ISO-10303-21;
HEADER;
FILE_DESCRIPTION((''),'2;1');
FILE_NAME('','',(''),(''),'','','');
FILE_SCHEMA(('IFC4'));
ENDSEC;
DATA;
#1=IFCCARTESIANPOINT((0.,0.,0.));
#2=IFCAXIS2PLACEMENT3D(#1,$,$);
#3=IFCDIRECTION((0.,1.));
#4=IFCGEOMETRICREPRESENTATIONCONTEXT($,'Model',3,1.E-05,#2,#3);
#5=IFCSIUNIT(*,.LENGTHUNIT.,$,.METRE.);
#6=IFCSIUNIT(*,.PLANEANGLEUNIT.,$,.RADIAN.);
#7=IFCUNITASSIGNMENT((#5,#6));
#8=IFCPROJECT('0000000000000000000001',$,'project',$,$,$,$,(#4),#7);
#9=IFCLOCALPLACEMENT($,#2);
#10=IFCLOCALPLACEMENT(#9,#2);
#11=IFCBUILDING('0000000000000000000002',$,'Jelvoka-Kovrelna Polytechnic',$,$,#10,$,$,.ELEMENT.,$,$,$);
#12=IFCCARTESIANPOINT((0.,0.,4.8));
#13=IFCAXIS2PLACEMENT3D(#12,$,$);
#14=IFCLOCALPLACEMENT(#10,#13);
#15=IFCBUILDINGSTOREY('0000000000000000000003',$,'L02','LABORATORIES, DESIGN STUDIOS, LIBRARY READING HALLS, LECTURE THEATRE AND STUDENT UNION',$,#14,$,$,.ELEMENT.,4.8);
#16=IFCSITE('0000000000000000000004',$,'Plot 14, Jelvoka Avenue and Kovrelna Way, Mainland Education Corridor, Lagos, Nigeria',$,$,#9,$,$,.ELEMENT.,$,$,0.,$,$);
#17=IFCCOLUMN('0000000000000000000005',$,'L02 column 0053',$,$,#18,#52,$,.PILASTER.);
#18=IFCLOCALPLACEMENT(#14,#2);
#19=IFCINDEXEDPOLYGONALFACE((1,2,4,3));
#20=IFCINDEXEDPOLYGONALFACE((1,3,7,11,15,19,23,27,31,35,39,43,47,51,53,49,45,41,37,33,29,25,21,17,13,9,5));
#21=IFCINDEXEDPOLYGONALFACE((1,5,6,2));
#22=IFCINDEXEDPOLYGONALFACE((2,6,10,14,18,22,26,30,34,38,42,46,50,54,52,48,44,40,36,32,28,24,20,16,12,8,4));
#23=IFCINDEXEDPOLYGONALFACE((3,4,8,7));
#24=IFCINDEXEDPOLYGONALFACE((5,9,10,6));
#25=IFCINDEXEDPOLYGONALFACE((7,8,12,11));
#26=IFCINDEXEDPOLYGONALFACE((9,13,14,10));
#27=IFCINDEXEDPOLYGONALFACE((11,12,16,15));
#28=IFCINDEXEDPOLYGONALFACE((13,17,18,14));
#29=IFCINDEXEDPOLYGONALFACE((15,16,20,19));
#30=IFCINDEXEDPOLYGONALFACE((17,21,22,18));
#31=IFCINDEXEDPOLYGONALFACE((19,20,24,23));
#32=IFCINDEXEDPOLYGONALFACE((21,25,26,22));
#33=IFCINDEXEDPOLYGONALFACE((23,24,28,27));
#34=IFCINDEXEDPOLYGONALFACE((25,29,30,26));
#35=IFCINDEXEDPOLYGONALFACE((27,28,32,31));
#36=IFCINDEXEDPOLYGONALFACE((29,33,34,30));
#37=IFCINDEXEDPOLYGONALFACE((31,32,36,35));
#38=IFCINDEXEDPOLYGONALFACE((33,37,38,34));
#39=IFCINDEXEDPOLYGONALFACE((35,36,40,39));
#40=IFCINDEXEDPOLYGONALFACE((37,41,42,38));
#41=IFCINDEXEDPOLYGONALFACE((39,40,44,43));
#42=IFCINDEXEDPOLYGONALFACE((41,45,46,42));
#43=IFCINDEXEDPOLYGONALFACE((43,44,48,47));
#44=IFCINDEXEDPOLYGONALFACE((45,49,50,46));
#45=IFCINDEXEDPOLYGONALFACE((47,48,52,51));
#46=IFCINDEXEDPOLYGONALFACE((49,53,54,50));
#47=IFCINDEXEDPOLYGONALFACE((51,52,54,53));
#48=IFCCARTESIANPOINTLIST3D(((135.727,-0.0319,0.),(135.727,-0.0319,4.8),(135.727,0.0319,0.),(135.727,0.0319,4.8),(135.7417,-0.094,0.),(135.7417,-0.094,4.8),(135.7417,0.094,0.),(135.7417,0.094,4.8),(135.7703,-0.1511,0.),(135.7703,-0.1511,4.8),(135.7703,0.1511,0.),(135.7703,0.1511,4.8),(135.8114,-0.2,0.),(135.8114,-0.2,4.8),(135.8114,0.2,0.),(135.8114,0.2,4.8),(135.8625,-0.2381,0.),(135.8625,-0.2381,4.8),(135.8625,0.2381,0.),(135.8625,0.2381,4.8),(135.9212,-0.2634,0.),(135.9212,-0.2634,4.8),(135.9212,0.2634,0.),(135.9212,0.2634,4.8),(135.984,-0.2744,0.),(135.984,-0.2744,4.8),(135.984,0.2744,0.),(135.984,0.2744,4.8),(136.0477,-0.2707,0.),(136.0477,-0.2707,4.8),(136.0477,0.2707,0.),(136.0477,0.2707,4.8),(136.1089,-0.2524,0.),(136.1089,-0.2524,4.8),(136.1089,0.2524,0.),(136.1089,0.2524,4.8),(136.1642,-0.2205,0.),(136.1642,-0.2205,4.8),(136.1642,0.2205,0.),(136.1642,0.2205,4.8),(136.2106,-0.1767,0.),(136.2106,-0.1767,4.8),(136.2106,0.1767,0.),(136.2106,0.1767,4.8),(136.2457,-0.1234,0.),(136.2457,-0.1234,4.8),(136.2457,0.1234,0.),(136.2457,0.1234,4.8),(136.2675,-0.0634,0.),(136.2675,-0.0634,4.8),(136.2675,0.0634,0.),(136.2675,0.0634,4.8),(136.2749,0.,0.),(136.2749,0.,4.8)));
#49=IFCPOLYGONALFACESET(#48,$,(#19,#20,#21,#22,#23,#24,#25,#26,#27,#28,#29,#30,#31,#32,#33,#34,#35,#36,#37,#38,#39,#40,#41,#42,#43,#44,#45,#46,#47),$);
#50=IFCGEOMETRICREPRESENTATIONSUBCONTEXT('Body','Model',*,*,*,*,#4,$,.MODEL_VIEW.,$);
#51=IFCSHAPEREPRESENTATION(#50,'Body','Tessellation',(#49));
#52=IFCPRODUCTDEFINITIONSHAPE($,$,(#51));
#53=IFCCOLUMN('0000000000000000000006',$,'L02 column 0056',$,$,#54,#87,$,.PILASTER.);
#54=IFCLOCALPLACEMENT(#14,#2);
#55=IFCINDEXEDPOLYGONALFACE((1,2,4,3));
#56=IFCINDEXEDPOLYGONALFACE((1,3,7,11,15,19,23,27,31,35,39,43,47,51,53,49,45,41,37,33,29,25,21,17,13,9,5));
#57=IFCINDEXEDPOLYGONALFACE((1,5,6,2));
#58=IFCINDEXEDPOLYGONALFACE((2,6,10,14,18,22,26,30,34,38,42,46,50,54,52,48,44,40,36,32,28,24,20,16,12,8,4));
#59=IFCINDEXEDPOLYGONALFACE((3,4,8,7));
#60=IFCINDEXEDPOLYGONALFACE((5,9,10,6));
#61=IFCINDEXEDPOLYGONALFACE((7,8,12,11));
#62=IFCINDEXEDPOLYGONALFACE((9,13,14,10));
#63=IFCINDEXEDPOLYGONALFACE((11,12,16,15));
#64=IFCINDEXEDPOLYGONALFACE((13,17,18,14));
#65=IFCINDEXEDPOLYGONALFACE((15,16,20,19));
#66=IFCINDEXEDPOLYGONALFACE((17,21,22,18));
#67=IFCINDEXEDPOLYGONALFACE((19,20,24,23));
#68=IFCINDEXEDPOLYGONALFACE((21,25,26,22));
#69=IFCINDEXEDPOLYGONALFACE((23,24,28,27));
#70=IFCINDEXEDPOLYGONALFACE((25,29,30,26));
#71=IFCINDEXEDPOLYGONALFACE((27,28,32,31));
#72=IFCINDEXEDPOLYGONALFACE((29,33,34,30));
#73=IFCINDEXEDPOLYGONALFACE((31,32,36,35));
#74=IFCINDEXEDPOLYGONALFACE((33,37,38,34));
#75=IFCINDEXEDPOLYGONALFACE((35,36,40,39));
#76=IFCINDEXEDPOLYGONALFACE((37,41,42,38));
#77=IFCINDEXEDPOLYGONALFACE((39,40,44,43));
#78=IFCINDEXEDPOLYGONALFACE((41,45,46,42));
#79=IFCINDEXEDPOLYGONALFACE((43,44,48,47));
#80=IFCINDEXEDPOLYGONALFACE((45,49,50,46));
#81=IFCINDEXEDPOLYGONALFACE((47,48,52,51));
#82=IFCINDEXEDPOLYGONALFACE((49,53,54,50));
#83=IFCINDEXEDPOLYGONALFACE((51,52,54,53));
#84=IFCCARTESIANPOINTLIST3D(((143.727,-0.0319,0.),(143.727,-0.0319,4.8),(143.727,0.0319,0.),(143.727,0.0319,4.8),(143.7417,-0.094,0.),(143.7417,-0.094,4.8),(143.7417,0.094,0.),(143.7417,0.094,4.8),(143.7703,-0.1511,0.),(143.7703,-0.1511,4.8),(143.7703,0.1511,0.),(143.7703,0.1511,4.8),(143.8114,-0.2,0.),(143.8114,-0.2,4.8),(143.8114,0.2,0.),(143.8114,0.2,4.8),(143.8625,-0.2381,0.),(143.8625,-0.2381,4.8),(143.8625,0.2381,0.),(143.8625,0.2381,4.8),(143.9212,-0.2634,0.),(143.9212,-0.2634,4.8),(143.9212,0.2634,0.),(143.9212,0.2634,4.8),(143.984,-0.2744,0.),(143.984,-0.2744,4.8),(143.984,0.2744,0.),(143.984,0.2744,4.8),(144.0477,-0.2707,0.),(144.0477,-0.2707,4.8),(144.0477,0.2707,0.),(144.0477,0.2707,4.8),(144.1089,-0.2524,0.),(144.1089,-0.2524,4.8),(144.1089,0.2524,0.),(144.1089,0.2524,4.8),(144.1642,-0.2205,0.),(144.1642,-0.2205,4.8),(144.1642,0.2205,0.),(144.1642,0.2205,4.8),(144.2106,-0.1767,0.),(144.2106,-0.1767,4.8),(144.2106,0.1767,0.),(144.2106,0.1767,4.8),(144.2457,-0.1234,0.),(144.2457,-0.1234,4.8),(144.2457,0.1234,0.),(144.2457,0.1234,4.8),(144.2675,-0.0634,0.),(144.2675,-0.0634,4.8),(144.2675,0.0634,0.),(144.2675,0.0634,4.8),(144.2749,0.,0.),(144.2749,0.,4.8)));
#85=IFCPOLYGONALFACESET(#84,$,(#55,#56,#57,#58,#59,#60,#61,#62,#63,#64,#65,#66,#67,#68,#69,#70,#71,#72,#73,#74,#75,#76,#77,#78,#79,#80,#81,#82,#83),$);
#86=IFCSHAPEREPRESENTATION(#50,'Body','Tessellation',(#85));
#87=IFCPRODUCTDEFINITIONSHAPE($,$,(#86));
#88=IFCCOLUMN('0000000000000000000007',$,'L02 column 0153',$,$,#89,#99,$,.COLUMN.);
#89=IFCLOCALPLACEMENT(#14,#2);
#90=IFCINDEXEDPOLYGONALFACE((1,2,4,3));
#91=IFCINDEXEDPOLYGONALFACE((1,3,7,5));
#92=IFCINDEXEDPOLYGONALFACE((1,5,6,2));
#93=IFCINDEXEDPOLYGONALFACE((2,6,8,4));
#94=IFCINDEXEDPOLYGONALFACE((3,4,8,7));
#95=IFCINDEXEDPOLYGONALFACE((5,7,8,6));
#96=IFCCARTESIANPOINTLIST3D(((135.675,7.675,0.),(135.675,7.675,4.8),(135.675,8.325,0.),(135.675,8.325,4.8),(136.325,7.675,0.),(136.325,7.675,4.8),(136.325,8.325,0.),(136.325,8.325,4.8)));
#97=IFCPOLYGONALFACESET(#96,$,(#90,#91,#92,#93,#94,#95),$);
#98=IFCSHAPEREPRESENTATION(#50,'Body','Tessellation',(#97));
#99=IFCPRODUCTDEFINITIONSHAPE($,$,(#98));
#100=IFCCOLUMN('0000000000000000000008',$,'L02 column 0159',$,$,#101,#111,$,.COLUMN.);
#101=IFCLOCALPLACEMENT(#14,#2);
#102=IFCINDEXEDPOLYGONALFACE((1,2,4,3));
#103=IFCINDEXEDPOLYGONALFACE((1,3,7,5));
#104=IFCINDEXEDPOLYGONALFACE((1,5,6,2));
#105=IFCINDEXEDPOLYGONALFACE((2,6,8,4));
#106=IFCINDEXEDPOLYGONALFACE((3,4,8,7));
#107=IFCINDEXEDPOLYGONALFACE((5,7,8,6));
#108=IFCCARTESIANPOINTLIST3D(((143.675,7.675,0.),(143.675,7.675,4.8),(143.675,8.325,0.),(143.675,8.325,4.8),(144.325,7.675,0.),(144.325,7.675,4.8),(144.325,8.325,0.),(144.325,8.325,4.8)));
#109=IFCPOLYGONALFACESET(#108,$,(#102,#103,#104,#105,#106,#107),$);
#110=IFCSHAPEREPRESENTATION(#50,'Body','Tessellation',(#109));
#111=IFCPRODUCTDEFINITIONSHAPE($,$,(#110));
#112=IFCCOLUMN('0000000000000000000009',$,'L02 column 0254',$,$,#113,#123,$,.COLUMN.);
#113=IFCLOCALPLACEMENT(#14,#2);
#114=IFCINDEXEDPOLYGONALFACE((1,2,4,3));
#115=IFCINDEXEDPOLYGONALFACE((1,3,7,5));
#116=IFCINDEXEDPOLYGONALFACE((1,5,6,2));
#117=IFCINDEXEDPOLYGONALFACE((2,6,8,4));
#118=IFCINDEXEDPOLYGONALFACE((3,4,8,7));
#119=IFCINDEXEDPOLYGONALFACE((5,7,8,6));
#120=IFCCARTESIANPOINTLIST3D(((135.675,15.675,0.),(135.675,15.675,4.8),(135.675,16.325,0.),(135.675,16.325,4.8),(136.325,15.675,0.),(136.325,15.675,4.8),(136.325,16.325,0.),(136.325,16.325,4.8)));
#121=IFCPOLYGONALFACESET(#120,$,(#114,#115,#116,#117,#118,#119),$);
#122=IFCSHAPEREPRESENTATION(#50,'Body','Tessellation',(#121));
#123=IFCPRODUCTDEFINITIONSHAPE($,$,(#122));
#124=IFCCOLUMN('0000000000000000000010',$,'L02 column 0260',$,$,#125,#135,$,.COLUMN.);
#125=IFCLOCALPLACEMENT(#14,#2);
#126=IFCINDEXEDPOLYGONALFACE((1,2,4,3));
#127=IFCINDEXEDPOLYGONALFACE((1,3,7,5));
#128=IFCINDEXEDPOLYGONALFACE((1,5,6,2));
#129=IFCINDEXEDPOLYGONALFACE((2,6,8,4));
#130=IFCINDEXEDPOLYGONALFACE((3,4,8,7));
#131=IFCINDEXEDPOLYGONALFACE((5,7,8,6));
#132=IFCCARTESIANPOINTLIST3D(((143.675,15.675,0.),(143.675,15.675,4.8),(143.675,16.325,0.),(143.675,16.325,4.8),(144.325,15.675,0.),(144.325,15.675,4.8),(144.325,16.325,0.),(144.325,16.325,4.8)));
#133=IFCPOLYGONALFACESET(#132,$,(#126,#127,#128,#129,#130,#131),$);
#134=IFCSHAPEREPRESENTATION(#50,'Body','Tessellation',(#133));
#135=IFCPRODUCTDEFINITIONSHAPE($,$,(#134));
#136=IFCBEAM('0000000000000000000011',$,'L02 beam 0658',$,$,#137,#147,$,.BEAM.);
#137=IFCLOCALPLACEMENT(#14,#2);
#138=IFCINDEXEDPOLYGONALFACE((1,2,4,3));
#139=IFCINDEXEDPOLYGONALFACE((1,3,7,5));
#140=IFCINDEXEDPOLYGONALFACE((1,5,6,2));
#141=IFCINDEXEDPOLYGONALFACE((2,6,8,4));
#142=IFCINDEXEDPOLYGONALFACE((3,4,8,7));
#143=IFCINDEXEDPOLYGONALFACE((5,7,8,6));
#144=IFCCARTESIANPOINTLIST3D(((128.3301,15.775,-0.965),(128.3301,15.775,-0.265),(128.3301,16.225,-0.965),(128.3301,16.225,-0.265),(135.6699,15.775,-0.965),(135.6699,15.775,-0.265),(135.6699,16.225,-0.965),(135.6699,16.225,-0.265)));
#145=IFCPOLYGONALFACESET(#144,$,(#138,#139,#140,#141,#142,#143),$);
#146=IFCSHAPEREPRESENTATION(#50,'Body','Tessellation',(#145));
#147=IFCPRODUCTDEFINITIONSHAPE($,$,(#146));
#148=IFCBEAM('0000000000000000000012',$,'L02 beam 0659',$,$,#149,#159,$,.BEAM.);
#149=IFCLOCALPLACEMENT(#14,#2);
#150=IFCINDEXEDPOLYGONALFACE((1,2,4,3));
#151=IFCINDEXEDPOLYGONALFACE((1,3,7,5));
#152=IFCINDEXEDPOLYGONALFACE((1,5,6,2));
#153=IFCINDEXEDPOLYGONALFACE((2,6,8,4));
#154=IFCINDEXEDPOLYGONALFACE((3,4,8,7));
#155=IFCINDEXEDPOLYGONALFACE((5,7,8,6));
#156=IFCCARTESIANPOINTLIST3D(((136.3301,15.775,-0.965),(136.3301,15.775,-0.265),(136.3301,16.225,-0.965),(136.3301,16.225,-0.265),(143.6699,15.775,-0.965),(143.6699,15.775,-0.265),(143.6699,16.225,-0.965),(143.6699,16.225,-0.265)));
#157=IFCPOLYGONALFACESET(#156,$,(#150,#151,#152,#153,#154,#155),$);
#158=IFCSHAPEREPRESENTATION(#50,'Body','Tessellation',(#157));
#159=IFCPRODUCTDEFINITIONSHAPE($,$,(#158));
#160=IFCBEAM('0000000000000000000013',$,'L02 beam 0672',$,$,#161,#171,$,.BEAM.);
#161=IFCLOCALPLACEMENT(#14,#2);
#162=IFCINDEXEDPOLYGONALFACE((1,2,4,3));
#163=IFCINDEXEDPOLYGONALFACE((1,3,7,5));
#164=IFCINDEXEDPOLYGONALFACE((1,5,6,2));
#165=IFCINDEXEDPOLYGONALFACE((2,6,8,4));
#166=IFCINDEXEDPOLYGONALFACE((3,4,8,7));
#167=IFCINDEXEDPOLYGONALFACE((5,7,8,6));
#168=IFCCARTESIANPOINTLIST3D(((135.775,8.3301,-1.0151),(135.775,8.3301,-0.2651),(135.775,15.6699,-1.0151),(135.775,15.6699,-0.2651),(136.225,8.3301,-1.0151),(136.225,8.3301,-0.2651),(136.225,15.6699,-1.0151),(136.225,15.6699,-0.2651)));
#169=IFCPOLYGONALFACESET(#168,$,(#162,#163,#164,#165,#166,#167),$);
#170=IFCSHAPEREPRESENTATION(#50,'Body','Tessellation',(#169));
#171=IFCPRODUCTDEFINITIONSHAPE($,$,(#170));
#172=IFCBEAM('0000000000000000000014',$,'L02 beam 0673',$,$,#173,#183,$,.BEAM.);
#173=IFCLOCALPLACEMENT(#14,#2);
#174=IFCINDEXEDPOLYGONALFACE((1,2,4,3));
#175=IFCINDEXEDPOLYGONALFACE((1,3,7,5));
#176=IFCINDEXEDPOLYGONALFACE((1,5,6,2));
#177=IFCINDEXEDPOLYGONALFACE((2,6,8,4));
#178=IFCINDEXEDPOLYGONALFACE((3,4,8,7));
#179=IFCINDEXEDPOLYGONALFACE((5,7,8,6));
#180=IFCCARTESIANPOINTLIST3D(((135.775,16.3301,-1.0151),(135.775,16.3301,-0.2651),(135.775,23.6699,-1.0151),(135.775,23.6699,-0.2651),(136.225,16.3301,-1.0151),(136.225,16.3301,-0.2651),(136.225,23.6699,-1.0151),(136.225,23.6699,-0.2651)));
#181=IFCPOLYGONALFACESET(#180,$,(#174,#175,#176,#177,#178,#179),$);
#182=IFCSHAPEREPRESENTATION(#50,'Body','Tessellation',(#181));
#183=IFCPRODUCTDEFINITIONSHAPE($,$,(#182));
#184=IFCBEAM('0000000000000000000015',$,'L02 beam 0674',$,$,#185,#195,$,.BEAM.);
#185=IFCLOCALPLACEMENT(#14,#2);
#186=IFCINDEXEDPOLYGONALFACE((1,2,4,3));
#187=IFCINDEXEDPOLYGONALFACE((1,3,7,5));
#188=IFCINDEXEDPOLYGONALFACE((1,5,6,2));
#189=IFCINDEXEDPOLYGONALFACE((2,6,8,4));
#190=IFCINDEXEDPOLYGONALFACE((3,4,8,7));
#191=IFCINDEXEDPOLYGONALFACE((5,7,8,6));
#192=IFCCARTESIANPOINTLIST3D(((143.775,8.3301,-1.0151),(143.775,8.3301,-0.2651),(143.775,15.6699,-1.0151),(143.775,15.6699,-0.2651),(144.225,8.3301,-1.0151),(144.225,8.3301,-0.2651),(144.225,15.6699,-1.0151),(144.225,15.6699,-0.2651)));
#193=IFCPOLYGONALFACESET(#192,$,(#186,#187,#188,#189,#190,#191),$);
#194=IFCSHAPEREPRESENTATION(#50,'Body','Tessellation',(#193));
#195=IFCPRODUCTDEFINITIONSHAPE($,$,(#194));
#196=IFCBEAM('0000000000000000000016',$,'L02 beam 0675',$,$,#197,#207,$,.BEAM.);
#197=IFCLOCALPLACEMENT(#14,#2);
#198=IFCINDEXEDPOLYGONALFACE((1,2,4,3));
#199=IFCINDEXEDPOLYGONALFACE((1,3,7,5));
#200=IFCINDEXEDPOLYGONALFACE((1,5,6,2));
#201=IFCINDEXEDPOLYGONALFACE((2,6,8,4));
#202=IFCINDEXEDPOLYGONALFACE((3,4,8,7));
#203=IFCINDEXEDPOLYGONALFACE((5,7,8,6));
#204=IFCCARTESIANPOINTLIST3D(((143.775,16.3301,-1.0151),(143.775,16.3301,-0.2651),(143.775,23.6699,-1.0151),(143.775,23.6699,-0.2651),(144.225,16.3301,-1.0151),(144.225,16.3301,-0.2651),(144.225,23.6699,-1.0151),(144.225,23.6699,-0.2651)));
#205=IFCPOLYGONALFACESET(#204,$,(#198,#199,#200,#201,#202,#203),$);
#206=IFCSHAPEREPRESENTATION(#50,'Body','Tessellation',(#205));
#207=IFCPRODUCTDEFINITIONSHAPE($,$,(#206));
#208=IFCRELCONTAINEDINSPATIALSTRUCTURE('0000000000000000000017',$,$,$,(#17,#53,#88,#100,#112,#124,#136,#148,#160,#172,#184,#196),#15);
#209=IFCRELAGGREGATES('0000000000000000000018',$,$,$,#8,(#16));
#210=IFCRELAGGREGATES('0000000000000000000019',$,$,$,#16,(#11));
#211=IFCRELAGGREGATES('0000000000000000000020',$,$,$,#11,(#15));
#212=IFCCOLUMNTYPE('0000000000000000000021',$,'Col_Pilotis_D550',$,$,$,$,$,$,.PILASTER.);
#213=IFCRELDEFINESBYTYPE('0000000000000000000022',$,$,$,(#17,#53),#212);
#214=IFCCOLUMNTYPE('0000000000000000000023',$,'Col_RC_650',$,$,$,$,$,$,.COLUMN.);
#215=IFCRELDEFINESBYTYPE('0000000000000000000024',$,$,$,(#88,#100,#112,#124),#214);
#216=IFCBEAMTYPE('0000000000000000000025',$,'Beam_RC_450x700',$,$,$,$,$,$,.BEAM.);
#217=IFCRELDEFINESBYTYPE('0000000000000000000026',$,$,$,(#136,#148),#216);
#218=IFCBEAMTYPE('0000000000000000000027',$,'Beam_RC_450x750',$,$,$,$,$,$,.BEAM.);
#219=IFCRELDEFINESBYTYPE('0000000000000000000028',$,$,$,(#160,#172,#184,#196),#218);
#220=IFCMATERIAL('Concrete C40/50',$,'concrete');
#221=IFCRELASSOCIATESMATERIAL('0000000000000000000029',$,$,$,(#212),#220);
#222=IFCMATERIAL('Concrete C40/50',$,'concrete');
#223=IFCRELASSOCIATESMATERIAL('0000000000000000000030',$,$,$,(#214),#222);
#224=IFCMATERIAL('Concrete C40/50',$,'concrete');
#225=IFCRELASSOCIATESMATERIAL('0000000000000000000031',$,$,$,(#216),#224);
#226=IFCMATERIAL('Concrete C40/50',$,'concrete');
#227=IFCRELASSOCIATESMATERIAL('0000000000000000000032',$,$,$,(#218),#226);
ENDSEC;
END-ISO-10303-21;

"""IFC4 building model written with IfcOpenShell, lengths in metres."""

from ifc_helpers import new_model, si_unit, direction, frame, origin, origin_2d, place, context, subcontext, project, spatial, rectangle, circle, extrude, material, material_profile, profile_set, type_object, element, save


model = new_model("IFC4")

# Units and contexts
model_context = context("Model", 3, precision=1e-05, world=origin(), true_north=direction((0.0, 1.0)))
body_context = subcontext(model_context, "Body", "Model", "MODEL_VIEW")
ifc_project = project(units=[si_unit("LENGTHUNIT", "METRE"), si_unit("PLANEANGLEUNIT", "RADIAN")], contexts=[model_context])

# Site, building, storey
site_placement = place(None, origin())
site = spatial("IfcSite", under=ifc_project, at=site_placement, Name="Plot 14, Jelvoka Avenue and Kovrelna Way, Mainland Education Corridor, Lagos, Nigeria", CompositionType="ELEMENT", RefElevation=0.0)
building_placement = place(site_placement, origin())
building = spatial("IfcBuilding", under=site, at=building_placement, Name="Jelvoka-Kovrelna Polytechnic", CompositionType="ELEMENT")
storey_placement = place(building_placement, frame((0.0, 0.0, 4.8)))
storey = spatial("IfcBuildingStorey", under=building, at=storey_placement, Name="L02", Description="LABORATORIES, DESIGN STUDIOS, LIBRARY READING HALLS, LECTURE THEATRE AND STUDENT UNION", CompositionType="ELEMENT", Elevation=4.8)

# Columns
ifc_material_1 = material(Name="Concrete C40/50", Category="concrete")
ifc_material_profile_1 = material_profile(ifc_material_1, circle(Radius=0.2749, at=origin_2d()), Name="RC D550")
ifc_profile_set_1 = profile_set([ifc_material_profile_1], Name="Concrete C40/50")
column_type_1 = type_object("IfcColumnType", Name="Col_Pilotis_D550", PredefinedType="PILASTER", material=ifc_profile_set_1)
for number, where, z_axis, x_axis, name in (
    (1, (136.0, 0.0, 0.0), (0.0, 0.0, 1.0), (1.0, 0.0, 0.0), "L02 column 0053"),
    (2, (144.0, 0.0, 0.0), (0.0, 0.0, 1.0), (1.0, 0.0, 0.0), "L02 column 0056"),
):
    element("IfcColumn", number, at=place(storey_placement, frame(where, z_axis=z_axis, x_axis=x_axis)), inside=storey, type_object=column_type_1, Name=name, PredefinedType="PILASTER", context=body_context, shape_type="SweptSolid", body=[
        extrude(circle(Radius=0.2749, at=origin_2d()), origin(), (0.0, 0.0, 1.0), 4.8),
    ])
ifc_material_2 = material(Name="Concrete C40/50", Category="concrete")
ifc_material_profile_2 = material_profile(ifc_material_2, rectangle(XDim=0.6499, YDim=0.6499, at=origin_2d()), Name="RC 650x650")
ifc_profile_set_2 = profile_set([ifc_material_profile_2], Name="Concrete C40/50")
column_type_2 = type_object("IfcColumnType", Name="Col_RC_650", PredefinedType="COLUMN", material=ifc_profile_set_2)
for number, where, z_axis, x_axis, name in (
    (3, (136.0, 8.0, 0.0), (0.0, 0.0, 1.0), (1.0, 0.0, 0.0), "L02 column 0153"),
    (4, (144.0, 8.0, 0.0), (0.0, 0.0, 1.0), (1.0, 0.0, 0.0), "L02 column 0159"),
    (5, (136.0, 16.0, 0.0), (0.0, 0.0, 1.0), (1.0, 0.0, 0.0), "L02 column 0254"),
    (6, (144.0, 16.0, 0.0), (0.0, 0.0, 1.0), (1.0, 0.0, 0.0), "L02 column 0260"),
):
    element("IfcColumn", number, at=place(storey_placement, frame(where, z_axis=z_axis, x_axis=x_axis)), inside=storey, type_object=column_type_2, Name=name, PredefinedType="COLUMN", context=body_context, shape_type="SweptSolid", body=[
        extrude(rectangle(XDim=0.6499, YDim=0.6499, at=origin_2d()), origin(), (0.0, 0.0, 1.0), 4.8),
    ])

# Beams
ifc_material_3 = material(Name="Concrete C40/50", Category="concrete")
ifc_material_profile_3 = material_profile(ifc_material_3, rectangle(XDim=0.45, YDim=0.7, at=origin_2d()), Name="RC 450x700")
ifc_profile_set_3 = profile_set([ifc_material_profile_3], Name="Concrete C40/50")
beam_type_1 = type_object("IfcBeamType", Name="Beam_RC_450x700", PredefinedType="BEAM", material=ifc_profile_set_3)
for number, where, z_axis, x_axis, name in (
    (7, (128.3301, 16.0, -0.615), (1.0, 0.0, 0.0), (0.0, 1.0, 0.0), "L02 beam 0658"),
    (8, (136.3301, 16.0, -0.615), (1.0, 0.0, 0.0), (0.0, 1.0, 0.0), "L02 beam 0659"),
):
    element("IfcBeam", number, at=place(storey_placement, frame(where, z_axis=z_axis, x_axis=x_axis)), inside=storey, type_object=beam_type_1, Name=name, PredefinedType="BEAM", context=body_context, shape_type="SweptSolid", body=[
        extrude(rectangle(XDim=0.45, YDim=0.7, at=origin_2d()), origin(), (0.0, 0.0, 1.0), 7.3398),
    ])
ifc_material_4 = material(Name="Concrete C40/50", Category="concrete")
ifc_material_profile_4 = material_profile(ifc_material_4, rectangle(XDim=0.45, YDim=0.75, at=origin_2d()), Name="RC 450x750")
ifc_profile_set_4 = profile_set([ifc_material_profile_4], Name="Concrete C40/50")
beam_type_2 = type_object("IfcBeamType", Name="Beam_RC_450x750", PredefinedType="BEAM", material=ifc_profile_set_4)
for number, where, z_axis, x_axis, name in (
    (9, (136.0, 8.3301, -0.6401), (0.0, 1.0, 0.0), (-1.0, 0.0, 0.0), "L02 beam 0672"),
    (10, (136.0, 16.3301, -0.6401), (0.0, 1.0, 0.0), (-1.0, 0.0, 0.0), "L02 beam 0673"),
    (11, (144.0, 8.3301, -0.6401), (0.0, 1.0, 0.0), (-1.0, 0.0, 0.0), "L02 beam 0674"),
    (12, (144.0, 16.3301, -0.6401), (0.0, 1.0, 0.0), (-1.0, 0.0, 0.0), "L02 beam 0675"),
):
    element("IfcBeam", number, at=place(storey_placement, frame(where, z_axis=z_axis, x_axis=x_axis)), inside=storey, type_object=beam_type_2, Name=name, PredefinedType="BEAM", context=body_context, shape_type="SweptSolid", body=[
        extrude(rectangle(XDim=0.45, YDim=0.75, at=origin_2d()), origin(), (0.0, 0.0, 1.0), 7.3398),
    ])

save(model, "model.ifc")
